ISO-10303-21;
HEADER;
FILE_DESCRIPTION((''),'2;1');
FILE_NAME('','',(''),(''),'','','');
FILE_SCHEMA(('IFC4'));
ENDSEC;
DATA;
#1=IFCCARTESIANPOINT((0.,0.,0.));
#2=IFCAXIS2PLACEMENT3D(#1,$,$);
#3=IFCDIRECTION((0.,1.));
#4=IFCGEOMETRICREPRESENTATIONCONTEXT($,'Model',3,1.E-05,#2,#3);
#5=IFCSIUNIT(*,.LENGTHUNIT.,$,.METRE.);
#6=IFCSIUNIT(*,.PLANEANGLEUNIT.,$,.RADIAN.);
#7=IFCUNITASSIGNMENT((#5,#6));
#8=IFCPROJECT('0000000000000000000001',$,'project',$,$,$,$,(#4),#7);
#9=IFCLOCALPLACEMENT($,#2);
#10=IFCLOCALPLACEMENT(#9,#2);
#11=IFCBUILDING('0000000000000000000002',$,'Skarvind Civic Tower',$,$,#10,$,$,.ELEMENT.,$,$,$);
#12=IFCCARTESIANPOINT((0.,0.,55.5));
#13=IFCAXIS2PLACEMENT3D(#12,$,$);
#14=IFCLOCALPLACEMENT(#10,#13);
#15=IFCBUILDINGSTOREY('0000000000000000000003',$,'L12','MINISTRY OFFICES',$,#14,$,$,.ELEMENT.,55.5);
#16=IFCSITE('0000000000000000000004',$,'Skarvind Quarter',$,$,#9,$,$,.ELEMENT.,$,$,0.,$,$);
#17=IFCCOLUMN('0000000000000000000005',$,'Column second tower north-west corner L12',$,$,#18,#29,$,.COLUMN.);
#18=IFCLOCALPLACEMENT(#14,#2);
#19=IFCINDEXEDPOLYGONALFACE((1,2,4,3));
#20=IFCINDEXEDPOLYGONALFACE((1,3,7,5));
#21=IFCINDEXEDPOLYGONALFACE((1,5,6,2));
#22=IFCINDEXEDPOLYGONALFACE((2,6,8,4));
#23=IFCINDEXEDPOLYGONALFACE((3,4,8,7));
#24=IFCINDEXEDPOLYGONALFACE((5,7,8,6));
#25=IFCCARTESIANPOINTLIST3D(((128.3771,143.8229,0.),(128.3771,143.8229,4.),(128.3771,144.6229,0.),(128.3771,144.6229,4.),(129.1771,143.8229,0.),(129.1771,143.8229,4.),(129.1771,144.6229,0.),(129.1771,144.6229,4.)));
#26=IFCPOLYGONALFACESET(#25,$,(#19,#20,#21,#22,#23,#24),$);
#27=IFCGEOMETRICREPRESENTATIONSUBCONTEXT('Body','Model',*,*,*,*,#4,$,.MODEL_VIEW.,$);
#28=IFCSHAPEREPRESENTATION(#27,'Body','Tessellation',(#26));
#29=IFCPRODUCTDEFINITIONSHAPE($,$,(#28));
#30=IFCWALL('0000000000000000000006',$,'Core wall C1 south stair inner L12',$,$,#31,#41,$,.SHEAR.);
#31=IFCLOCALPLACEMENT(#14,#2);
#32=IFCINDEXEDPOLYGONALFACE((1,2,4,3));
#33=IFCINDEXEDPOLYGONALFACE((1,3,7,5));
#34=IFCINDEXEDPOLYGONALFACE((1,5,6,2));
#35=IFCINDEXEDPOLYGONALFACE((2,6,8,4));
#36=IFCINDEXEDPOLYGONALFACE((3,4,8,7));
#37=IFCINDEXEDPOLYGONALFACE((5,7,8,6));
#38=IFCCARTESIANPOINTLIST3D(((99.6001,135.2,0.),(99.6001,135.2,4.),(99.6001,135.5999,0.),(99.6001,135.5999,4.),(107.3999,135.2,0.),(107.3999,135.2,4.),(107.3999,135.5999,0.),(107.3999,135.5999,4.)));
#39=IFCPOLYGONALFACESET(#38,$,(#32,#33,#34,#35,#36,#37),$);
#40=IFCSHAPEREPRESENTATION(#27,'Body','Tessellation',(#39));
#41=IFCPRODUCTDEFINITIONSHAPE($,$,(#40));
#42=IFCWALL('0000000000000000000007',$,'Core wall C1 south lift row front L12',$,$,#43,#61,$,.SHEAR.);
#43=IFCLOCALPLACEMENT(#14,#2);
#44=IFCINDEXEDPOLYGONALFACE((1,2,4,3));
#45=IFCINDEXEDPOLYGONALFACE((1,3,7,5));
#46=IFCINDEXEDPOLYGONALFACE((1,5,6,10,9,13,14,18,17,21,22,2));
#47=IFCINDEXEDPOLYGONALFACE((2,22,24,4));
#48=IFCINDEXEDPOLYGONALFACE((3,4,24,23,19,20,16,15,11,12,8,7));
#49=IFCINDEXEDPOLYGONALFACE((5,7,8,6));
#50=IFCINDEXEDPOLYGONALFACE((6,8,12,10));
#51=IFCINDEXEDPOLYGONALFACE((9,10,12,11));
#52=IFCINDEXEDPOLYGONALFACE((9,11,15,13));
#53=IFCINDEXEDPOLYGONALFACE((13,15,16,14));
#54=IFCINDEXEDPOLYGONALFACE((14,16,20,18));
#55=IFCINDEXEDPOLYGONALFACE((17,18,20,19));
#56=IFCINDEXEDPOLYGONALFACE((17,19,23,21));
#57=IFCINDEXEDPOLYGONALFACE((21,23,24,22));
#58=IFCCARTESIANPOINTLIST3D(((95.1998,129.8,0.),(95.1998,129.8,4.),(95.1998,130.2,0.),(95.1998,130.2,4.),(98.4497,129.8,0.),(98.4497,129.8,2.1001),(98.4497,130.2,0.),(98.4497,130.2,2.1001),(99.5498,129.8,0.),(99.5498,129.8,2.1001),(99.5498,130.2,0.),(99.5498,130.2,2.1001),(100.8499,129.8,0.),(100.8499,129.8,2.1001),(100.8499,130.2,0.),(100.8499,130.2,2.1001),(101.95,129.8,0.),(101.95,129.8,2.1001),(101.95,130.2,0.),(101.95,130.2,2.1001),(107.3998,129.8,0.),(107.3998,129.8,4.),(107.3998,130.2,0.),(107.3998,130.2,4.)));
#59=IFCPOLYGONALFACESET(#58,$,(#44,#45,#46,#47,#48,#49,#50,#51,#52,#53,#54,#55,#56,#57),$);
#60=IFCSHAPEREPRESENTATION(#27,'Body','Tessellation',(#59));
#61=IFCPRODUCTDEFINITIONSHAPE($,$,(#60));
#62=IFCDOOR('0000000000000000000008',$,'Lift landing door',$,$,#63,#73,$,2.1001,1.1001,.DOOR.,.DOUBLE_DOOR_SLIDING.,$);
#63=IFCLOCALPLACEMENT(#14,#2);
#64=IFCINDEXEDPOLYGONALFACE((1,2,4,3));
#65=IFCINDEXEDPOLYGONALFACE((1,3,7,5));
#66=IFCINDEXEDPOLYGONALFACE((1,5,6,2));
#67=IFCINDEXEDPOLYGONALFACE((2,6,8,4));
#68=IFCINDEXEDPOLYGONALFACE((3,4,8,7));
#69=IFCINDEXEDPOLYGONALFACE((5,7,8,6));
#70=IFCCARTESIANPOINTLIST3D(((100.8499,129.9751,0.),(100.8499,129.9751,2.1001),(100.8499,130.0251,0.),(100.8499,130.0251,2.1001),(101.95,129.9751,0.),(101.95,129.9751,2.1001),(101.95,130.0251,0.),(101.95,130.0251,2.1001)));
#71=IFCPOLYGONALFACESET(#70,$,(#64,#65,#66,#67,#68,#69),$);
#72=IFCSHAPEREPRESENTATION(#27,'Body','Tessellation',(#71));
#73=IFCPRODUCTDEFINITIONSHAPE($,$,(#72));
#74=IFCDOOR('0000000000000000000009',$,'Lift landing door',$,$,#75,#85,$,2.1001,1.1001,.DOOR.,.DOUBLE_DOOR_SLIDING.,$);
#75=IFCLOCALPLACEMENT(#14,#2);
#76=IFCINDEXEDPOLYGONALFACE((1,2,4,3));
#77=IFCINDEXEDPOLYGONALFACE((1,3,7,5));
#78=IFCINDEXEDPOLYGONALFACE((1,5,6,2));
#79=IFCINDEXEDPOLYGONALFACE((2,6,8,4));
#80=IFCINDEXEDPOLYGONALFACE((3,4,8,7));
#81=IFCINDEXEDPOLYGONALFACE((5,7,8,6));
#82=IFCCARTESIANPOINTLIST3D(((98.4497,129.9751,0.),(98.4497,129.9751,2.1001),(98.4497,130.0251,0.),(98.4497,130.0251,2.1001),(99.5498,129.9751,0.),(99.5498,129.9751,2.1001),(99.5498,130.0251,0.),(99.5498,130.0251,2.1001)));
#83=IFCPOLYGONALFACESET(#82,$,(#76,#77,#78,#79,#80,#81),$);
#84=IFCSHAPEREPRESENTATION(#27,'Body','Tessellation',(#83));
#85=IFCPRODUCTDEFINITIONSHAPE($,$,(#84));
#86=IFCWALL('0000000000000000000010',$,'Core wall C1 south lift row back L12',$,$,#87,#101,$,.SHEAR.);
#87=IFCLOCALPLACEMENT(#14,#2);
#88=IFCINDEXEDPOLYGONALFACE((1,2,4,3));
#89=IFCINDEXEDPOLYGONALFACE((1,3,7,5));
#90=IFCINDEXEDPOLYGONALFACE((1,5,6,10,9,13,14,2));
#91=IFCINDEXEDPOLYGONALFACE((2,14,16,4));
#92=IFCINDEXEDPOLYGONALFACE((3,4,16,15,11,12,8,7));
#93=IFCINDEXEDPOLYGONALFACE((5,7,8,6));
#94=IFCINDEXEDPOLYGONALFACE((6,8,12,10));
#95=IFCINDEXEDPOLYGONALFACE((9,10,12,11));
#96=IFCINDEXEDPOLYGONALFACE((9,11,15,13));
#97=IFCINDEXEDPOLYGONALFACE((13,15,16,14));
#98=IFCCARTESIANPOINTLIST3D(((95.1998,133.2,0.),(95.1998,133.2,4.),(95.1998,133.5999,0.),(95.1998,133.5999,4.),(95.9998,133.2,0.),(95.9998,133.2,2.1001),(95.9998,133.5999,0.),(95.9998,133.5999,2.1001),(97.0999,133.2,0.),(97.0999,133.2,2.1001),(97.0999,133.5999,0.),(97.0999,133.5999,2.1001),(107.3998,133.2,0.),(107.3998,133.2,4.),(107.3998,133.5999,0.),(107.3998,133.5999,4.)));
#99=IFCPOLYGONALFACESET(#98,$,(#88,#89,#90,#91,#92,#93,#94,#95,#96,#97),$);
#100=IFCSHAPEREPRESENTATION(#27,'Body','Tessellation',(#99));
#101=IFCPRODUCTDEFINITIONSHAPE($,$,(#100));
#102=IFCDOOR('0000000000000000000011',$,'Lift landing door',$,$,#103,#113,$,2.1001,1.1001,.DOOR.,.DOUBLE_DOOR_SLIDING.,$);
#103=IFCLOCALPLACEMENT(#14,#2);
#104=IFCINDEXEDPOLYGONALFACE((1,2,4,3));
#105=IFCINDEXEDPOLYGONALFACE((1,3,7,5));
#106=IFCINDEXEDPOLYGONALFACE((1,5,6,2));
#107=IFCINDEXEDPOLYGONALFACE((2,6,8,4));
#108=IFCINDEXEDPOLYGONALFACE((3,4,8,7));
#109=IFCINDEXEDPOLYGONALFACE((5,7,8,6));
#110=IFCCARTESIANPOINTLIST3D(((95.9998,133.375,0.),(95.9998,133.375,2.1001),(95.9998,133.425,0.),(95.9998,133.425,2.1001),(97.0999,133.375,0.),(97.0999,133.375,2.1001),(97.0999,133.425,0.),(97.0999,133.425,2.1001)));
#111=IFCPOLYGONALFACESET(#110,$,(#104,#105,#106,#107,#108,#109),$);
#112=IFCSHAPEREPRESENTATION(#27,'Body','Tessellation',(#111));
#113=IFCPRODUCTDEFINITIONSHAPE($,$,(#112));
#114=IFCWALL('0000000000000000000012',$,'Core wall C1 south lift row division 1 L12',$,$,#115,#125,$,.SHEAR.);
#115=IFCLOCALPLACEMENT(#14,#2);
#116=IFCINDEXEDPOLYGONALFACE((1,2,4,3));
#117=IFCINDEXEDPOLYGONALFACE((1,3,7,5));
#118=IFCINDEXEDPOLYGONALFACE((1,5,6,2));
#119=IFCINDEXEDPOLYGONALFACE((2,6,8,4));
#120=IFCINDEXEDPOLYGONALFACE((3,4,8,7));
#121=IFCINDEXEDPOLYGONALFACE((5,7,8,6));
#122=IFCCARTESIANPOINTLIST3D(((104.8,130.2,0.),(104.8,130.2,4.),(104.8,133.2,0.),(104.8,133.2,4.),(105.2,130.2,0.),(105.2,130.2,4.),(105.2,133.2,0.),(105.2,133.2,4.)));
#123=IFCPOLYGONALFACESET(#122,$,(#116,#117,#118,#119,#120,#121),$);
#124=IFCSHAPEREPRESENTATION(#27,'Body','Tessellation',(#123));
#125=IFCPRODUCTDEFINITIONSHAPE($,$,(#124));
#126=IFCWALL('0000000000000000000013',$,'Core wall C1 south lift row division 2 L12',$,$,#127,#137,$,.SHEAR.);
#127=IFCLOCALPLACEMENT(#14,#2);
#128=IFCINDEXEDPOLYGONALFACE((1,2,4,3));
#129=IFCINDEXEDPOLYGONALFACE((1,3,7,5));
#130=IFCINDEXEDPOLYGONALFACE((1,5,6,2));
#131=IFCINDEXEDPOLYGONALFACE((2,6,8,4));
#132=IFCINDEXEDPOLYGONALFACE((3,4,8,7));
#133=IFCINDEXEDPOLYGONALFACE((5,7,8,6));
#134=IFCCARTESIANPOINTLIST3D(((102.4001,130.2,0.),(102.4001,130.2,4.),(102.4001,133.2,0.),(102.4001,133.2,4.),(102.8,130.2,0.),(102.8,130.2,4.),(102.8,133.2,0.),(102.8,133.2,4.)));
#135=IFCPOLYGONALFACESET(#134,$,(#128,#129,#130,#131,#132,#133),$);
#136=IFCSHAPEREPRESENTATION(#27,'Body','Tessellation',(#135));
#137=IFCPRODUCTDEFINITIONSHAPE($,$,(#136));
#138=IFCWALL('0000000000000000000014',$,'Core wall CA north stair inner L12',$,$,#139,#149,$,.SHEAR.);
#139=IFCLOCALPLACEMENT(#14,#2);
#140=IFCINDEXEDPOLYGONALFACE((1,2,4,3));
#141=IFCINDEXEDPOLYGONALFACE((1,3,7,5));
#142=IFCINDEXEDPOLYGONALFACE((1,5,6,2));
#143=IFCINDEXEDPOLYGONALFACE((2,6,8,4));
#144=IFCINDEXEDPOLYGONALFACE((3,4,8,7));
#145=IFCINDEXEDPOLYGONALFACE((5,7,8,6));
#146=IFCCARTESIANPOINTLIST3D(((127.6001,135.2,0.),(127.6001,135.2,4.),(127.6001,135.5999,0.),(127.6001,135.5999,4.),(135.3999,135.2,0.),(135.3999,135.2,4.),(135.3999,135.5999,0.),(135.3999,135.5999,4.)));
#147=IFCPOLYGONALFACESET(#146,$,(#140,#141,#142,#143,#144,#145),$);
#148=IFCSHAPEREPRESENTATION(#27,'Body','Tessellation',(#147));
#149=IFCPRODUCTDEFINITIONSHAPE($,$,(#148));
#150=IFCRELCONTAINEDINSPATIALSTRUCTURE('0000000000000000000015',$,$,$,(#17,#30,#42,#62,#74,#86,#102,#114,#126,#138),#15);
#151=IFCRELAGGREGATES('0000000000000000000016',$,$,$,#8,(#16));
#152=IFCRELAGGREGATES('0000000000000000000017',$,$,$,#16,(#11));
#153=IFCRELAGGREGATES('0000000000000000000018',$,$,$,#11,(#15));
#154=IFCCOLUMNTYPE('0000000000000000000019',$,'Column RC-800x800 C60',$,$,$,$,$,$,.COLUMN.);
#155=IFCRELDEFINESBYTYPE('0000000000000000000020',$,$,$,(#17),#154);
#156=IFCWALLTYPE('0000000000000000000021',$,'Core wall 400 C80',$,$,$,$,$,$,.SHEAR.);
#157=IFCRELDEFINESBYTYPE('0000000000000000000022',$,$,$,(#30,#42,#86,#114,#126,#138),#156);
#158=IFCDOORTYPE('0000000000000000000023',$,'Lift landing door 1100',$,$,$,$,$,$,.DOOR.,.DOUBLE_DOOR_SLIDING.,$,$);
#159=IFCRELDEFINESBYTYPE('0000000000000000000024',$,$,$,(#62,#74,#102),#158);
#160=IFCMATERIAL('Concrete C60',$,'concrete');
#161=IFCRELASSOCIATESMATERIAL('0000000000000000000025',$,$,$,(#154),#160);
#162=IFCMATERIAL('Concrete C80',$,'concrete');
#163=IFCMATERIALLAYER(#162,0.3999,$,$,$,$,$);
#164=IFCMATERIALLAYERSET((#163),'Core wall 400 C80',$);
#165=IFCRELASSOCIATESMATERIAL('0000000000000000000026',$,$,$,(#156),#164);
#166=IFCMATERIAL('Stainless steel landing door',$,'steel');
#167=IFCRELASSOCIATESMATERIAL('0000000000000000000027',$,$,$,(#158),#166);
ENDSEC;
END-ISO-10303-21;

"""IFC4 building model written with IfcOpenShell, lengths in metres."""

from ifc_helpers import new_model, si_unit, direction, frame, frame_2d, origin, origin_2d, place, context, subcontext, project, spatial, rectangle, extrude, material, layer, layer_set, material_profile, profile_set, type_object, element, fill, save


model = new_model("IFC4")

# Units and contexts
model_context = context("Model", 3, precision=1e-05, world=origin(), true_north=direction((0.0, 1.0)))
body_context = subcontext(model_context, "Body", "Model", "MODEL_VIEW")
ifc_project = project(units=[si_unit("LENGTHUNIT", "METRE"), si_unit("PLANEANGLEUNIT", "RADIAN")], contexts=[model_context])

# Site, building, storey
site_placement = place(None, origin())
site = spatial("IfcSite", under=ifc_project, at=site_placement, Name="Skarvind Quarter", CompositionType="ELEMENT", RefElevation=0.0)
building_placement = place(site_placement, origin())
building = spatial("IfcBuilding", under=site, at=building_placement, Name="Skarvind Civic Tower", CompositionType="ELEMENT")
storey_placement = place(building_placement, frame((0.0, 0.0, 55.5)))
storey = spatial("IfcBuildingStorey", under=building, at=storey_placement, Name="L12", Description="MINISTRY OFFICES", CompositionType="ELEMENT", Elevation=55.5)

# Column
ifc_material_1 = material(Name="Concrete C60", Category="concrete")
ifc_material_profile = material_profile(ifc_material_1, rectangle(XDim=0.8, YDim=0.8, at=origin_2d()), Name="RC-800x800")
ifc_profile_set = profile_set([ifc_material_profile], Name="Concrete C60")
column_type = type_object("IfcColumnType", Name="Column RC-800x800 C60", PredefinedType="COLUMN", material=ifc_profile_set)
column_placement = place(storey_placement, frame((128.7771, 144.2229, 0.0), z_axis=(0.0, 0.0, 1.0), x_axis=(1.0, 0.0, 0.0)))
element("IfcColumn", 1, at=column_placement, inside=storey, type_object=column_type, Name="Column second tower north-west corner L12", PredefinedType="COLUMN", context=body_context, shape_type="SweptSolid", body=[
    extrude(rectangle(XDim=0.8, YDim=0.8, at=origin_2d()), origin(), (0.0, 0.0, 1.0), 4.0),
])

# Wall
ifc_material_2 = material(Name="Concrete C80", Category="concrete")
ifc_layer_1 = layer(ifc_material_2, 0.3999)
ifc_layer_set_1 = layer_set([ifc_layer_1], Name="Core wall 400 C80")
wall_type_1 = type_object("IfcWallType", Name="Core wall 400 C80", PredefinedType="SHEAR", material=ifc_layer_set_1)
wall_1_placement = place(storey_placement, frame((107.3999, 135.3999, 0.0), z_axis=(0.0, 0.0, 1.0), x_axis=(-1.0, 0.0, 0.0)))
element("IfcWall", 2, at=wall_1_placement, inside=storey, type_object=wall_type_1, Name="Core wall C1 south stair inner L12", PredefinedType="SHEAR", context=body_context, shape_type="SweptSolid", body=[
    extrude(rectangle(XDim=7.7998, YDim=0.3999, at=frame_2d((3.8999, 0.0))), origin(), (0.0, 0.0, 1.0), 4.0),
])

# Wall, openings, doors
wall_2_placement = place(storey_placement, frame((107.3999, 130.0, 0.0), z_axis=(0.0, 0.0, 1.0), x_axis=(-1.0, 0.0, 0.0)))
wall_2 = element("IfcWall", 3, at=wall_2_placement, inside=storey, type_object=wall_type_1, Name="Core wall C1 south lift row front L12", PredefinedType="SHEAR", context=body_context, shape_type="SweptSolid", body=[
    extrude(rectangle(XDim=12.2, YDim=0.3999, at=frame_2d((6.1001, 0.0))), origin(), (0.0, 0.0, 1.0), 4.0),
])
opening_1_placement = place(wall_2_placement, frame((5.45, 0.0, 0.0)))
opening_1 = element("IfcOpeningElement", 4, at=opening_1_placement, cuts=wall_2, PredefinedType="OPENING", context=body_context, shape_type="SweptSolid", body=[
    extrude(rectangle(XDim=1.1001, YDim=2.1001, at=frame_2d((0.55, 1.05))), frame((0.0, 0.21, 0.0), z_axis=(0.0, -1.0, 0.0), x_axis=(1.0, 0.0, 0.0)), (0.0, 0.0, 1.0), 0.4199),
])
opening_2_placement = place(wall_2_placement, frame((7.8501, 0.0, 0.0)))
opening_2 = element("IfcOpeningElement", 5, at=opening_2_placement, cuts=wall_2, PredefinedType="OPENING", context=body_context, shape_type="SweptSolid", body=[
    extrude(rectangle(XDim=1.1001, YDim=2.1001, at=frame_2d((0.55, 1.05))), frame((0.0, 0.21, 0.0), z_axis=(0.0, -1.0, 0.0), x_axis=(1.0, 0.0, 0.0)), (0.0, 0.0, 1.0), 0.4199),
])
ifc_material_3 = material(Name="Stainless steel landing door", Category="steel")
door_type = type_object("IfcDoorType", Name="Lift landing door 1100", OperationType="DOUBLE_DOOR_SLIDING", PredefinedType="DOOR", material=ifc_material_3)
door_1_placement = place(opening_1_placement, origin())
door_1 = element("IfcDoor", 6, at=door_1_placement, inside=storey, type_object=door_type, Name="Lift landing door", OperationType="DOUBLE_DOOR_SLIDING", OverallHeight=2.1001, OverallWidth=1.1001, PredefinedType="DOOR", context=body_context, shape_type="SweptSolid", body=[
    extrude(rectangle(XDim=1.1001, YDim=2.1001, at=frame_2d((0.55, 1.05))), frame((0.0, 0.0249, 0.0), z_axis=(0.0, -1.0, 0.0), x_axis=(1.0, 0.0, 0.0)), (0.0, 0.0, 1.0), 0.05),
])
fill(opening_1, door_1)
door_2_placement = place(opening_2_placement, origin())
door_2 = element("IfcDoor", 7, at=door_2_placement, inside=storey, type_object=door_type, Name="Lift landing door", OperationType="DOUBLE_DOOR_SLIDING", OverallHeight=2.1001, OverallWidth=1.1001, PredefinedType="DOOR", context=body_context, shape_type="SweptSolid", body=[
    extrude(rectangle(XDim=1.1001, YDim=2.1001, at=frame_2d((0.55, 1.05))), frame((0.0, 0.0249, 0.0), z_axis=(0.0, -1.0, 0.0), x_axis=(1.0, 0.0, 0.0)), (0.0, 0.0, 1.0), 0.05),
])
fill(opening_2, door_2)

# Wall, opening, door
wall_3_placement = place(storey_placement, frame((107.3999, 133.3999, 0.0), z_axis=(0.0, 0.0, 1.0), x_axis=(-1.0, 0.0, 0.0)))
wall_3 = element("IfcWall", 8, at=wall_3_placement, inside=storey, type_object=wall_type_1, Name="Core wall C1 south lift row back L12", PredefinedType="SHEAR", context=body_context, shape_type="SweptSolid", body=[
    extrude(rectangle(XDim=12.2, YDim=0.3999, at=frame_2d((6.1001, 0.0))), origin(), (0.0, 0.0, 1.0), 4.0),
])
opening_3_placement = place(wall_3_placement, frame((10.3, 0.0, 0.0)))
opening_3 = element("IfcOpeningElement", 9, at=opening_3_placement, cuts=wall_3, PredefinedType="OPENING", context=body_context, shape_type="SweptSolid", body=[
    extrude(rectangle(XDim=1.1001, YDim=2.1001, at=frame_2d((0.55, 1.05))), frame((0.0, 0.21, 0.0), z_axis=(0.0, -1.0, 0.0), x_axis=(1.0, 0.0, 0.0)), (0.0, 0.0, 1.0), 0.4199),
])
door_3_placement = place(opening_3_placement, origin())
door_3 = element("IfcDoor", 10, at=door_3_placement, inside=storey, type_object=door_type, Name="Lift landing door", OperationType="DOUBLE_DOOR_SLIDING", OverallHeight=2.1001, OverallWidth=1.1001, PredefinedType="DOOR", context=body_context, shape_type="SweptSolid", body=[
    extrude(rectangle(XDim=1.1001, YDim=2.1001, at=frame_2d((0.55, 1.05))), frame((0.0, 0.0249, 0.0), z_axis=(0.0, -1.0, 0.0), x_axis=(1.0, 0.0, 0.0)), (0.0, 0.0, 1.0), 0.05),
])
fill(opening_3, door_3)

# Walls
for number, where, z_axis, x_axis, name in (
    (11, (105.0, 133.2, 0.0), (0.0, 0.0, 1.0), (0.0, -1.0, 0.0), "Core wall C1 south lift row division 1 L12"),
    (12, (102.6001, 133.2, 0.0), (0.0, 0.0, 1.0), (0.0, -1.0, 0.0), "Core wall C1 south lift row division 2 L12"),
):
    element("IfcWall", number, at=place(storey_placement, frame(where, z_axis=z_axis, x_axis=x_axis)), inside=storey, type_object=wall_type_1, Name=name, PredefinedType="SHEAR", context=body_context, shape_type="SweptSolid", body=[
        extrude(rectangle(XDim=3.0, YDim=0.3999, at=frame_2d((1.5, 0.0))), origin(), (0.0, 0.0, 1.0), 4.0),
    ])
wall_4_placement = place(storey_placement, frame((127.6001, 135.3999, 0.0), z_axis=(0.0, 0.0, 1.0), x_axis=(1.0, 0.0, 0.0)))
element("IfcWall", 13, at=wall_4_placement, inside=storey, type_object=wall_type_1, Name="Core wall CA north stair inner L12", PredefinedType="SHEAR", context=body_context, shape_type="SweptSolid", body=[
    extrude(rectangle(XDim=7.7998, YDim=0.3999, at=frame_2d((3.8999, 0.0))), origin(), (0.0, 0.0, 1.0), 4.0),
])

save(model, "model.ifc")
